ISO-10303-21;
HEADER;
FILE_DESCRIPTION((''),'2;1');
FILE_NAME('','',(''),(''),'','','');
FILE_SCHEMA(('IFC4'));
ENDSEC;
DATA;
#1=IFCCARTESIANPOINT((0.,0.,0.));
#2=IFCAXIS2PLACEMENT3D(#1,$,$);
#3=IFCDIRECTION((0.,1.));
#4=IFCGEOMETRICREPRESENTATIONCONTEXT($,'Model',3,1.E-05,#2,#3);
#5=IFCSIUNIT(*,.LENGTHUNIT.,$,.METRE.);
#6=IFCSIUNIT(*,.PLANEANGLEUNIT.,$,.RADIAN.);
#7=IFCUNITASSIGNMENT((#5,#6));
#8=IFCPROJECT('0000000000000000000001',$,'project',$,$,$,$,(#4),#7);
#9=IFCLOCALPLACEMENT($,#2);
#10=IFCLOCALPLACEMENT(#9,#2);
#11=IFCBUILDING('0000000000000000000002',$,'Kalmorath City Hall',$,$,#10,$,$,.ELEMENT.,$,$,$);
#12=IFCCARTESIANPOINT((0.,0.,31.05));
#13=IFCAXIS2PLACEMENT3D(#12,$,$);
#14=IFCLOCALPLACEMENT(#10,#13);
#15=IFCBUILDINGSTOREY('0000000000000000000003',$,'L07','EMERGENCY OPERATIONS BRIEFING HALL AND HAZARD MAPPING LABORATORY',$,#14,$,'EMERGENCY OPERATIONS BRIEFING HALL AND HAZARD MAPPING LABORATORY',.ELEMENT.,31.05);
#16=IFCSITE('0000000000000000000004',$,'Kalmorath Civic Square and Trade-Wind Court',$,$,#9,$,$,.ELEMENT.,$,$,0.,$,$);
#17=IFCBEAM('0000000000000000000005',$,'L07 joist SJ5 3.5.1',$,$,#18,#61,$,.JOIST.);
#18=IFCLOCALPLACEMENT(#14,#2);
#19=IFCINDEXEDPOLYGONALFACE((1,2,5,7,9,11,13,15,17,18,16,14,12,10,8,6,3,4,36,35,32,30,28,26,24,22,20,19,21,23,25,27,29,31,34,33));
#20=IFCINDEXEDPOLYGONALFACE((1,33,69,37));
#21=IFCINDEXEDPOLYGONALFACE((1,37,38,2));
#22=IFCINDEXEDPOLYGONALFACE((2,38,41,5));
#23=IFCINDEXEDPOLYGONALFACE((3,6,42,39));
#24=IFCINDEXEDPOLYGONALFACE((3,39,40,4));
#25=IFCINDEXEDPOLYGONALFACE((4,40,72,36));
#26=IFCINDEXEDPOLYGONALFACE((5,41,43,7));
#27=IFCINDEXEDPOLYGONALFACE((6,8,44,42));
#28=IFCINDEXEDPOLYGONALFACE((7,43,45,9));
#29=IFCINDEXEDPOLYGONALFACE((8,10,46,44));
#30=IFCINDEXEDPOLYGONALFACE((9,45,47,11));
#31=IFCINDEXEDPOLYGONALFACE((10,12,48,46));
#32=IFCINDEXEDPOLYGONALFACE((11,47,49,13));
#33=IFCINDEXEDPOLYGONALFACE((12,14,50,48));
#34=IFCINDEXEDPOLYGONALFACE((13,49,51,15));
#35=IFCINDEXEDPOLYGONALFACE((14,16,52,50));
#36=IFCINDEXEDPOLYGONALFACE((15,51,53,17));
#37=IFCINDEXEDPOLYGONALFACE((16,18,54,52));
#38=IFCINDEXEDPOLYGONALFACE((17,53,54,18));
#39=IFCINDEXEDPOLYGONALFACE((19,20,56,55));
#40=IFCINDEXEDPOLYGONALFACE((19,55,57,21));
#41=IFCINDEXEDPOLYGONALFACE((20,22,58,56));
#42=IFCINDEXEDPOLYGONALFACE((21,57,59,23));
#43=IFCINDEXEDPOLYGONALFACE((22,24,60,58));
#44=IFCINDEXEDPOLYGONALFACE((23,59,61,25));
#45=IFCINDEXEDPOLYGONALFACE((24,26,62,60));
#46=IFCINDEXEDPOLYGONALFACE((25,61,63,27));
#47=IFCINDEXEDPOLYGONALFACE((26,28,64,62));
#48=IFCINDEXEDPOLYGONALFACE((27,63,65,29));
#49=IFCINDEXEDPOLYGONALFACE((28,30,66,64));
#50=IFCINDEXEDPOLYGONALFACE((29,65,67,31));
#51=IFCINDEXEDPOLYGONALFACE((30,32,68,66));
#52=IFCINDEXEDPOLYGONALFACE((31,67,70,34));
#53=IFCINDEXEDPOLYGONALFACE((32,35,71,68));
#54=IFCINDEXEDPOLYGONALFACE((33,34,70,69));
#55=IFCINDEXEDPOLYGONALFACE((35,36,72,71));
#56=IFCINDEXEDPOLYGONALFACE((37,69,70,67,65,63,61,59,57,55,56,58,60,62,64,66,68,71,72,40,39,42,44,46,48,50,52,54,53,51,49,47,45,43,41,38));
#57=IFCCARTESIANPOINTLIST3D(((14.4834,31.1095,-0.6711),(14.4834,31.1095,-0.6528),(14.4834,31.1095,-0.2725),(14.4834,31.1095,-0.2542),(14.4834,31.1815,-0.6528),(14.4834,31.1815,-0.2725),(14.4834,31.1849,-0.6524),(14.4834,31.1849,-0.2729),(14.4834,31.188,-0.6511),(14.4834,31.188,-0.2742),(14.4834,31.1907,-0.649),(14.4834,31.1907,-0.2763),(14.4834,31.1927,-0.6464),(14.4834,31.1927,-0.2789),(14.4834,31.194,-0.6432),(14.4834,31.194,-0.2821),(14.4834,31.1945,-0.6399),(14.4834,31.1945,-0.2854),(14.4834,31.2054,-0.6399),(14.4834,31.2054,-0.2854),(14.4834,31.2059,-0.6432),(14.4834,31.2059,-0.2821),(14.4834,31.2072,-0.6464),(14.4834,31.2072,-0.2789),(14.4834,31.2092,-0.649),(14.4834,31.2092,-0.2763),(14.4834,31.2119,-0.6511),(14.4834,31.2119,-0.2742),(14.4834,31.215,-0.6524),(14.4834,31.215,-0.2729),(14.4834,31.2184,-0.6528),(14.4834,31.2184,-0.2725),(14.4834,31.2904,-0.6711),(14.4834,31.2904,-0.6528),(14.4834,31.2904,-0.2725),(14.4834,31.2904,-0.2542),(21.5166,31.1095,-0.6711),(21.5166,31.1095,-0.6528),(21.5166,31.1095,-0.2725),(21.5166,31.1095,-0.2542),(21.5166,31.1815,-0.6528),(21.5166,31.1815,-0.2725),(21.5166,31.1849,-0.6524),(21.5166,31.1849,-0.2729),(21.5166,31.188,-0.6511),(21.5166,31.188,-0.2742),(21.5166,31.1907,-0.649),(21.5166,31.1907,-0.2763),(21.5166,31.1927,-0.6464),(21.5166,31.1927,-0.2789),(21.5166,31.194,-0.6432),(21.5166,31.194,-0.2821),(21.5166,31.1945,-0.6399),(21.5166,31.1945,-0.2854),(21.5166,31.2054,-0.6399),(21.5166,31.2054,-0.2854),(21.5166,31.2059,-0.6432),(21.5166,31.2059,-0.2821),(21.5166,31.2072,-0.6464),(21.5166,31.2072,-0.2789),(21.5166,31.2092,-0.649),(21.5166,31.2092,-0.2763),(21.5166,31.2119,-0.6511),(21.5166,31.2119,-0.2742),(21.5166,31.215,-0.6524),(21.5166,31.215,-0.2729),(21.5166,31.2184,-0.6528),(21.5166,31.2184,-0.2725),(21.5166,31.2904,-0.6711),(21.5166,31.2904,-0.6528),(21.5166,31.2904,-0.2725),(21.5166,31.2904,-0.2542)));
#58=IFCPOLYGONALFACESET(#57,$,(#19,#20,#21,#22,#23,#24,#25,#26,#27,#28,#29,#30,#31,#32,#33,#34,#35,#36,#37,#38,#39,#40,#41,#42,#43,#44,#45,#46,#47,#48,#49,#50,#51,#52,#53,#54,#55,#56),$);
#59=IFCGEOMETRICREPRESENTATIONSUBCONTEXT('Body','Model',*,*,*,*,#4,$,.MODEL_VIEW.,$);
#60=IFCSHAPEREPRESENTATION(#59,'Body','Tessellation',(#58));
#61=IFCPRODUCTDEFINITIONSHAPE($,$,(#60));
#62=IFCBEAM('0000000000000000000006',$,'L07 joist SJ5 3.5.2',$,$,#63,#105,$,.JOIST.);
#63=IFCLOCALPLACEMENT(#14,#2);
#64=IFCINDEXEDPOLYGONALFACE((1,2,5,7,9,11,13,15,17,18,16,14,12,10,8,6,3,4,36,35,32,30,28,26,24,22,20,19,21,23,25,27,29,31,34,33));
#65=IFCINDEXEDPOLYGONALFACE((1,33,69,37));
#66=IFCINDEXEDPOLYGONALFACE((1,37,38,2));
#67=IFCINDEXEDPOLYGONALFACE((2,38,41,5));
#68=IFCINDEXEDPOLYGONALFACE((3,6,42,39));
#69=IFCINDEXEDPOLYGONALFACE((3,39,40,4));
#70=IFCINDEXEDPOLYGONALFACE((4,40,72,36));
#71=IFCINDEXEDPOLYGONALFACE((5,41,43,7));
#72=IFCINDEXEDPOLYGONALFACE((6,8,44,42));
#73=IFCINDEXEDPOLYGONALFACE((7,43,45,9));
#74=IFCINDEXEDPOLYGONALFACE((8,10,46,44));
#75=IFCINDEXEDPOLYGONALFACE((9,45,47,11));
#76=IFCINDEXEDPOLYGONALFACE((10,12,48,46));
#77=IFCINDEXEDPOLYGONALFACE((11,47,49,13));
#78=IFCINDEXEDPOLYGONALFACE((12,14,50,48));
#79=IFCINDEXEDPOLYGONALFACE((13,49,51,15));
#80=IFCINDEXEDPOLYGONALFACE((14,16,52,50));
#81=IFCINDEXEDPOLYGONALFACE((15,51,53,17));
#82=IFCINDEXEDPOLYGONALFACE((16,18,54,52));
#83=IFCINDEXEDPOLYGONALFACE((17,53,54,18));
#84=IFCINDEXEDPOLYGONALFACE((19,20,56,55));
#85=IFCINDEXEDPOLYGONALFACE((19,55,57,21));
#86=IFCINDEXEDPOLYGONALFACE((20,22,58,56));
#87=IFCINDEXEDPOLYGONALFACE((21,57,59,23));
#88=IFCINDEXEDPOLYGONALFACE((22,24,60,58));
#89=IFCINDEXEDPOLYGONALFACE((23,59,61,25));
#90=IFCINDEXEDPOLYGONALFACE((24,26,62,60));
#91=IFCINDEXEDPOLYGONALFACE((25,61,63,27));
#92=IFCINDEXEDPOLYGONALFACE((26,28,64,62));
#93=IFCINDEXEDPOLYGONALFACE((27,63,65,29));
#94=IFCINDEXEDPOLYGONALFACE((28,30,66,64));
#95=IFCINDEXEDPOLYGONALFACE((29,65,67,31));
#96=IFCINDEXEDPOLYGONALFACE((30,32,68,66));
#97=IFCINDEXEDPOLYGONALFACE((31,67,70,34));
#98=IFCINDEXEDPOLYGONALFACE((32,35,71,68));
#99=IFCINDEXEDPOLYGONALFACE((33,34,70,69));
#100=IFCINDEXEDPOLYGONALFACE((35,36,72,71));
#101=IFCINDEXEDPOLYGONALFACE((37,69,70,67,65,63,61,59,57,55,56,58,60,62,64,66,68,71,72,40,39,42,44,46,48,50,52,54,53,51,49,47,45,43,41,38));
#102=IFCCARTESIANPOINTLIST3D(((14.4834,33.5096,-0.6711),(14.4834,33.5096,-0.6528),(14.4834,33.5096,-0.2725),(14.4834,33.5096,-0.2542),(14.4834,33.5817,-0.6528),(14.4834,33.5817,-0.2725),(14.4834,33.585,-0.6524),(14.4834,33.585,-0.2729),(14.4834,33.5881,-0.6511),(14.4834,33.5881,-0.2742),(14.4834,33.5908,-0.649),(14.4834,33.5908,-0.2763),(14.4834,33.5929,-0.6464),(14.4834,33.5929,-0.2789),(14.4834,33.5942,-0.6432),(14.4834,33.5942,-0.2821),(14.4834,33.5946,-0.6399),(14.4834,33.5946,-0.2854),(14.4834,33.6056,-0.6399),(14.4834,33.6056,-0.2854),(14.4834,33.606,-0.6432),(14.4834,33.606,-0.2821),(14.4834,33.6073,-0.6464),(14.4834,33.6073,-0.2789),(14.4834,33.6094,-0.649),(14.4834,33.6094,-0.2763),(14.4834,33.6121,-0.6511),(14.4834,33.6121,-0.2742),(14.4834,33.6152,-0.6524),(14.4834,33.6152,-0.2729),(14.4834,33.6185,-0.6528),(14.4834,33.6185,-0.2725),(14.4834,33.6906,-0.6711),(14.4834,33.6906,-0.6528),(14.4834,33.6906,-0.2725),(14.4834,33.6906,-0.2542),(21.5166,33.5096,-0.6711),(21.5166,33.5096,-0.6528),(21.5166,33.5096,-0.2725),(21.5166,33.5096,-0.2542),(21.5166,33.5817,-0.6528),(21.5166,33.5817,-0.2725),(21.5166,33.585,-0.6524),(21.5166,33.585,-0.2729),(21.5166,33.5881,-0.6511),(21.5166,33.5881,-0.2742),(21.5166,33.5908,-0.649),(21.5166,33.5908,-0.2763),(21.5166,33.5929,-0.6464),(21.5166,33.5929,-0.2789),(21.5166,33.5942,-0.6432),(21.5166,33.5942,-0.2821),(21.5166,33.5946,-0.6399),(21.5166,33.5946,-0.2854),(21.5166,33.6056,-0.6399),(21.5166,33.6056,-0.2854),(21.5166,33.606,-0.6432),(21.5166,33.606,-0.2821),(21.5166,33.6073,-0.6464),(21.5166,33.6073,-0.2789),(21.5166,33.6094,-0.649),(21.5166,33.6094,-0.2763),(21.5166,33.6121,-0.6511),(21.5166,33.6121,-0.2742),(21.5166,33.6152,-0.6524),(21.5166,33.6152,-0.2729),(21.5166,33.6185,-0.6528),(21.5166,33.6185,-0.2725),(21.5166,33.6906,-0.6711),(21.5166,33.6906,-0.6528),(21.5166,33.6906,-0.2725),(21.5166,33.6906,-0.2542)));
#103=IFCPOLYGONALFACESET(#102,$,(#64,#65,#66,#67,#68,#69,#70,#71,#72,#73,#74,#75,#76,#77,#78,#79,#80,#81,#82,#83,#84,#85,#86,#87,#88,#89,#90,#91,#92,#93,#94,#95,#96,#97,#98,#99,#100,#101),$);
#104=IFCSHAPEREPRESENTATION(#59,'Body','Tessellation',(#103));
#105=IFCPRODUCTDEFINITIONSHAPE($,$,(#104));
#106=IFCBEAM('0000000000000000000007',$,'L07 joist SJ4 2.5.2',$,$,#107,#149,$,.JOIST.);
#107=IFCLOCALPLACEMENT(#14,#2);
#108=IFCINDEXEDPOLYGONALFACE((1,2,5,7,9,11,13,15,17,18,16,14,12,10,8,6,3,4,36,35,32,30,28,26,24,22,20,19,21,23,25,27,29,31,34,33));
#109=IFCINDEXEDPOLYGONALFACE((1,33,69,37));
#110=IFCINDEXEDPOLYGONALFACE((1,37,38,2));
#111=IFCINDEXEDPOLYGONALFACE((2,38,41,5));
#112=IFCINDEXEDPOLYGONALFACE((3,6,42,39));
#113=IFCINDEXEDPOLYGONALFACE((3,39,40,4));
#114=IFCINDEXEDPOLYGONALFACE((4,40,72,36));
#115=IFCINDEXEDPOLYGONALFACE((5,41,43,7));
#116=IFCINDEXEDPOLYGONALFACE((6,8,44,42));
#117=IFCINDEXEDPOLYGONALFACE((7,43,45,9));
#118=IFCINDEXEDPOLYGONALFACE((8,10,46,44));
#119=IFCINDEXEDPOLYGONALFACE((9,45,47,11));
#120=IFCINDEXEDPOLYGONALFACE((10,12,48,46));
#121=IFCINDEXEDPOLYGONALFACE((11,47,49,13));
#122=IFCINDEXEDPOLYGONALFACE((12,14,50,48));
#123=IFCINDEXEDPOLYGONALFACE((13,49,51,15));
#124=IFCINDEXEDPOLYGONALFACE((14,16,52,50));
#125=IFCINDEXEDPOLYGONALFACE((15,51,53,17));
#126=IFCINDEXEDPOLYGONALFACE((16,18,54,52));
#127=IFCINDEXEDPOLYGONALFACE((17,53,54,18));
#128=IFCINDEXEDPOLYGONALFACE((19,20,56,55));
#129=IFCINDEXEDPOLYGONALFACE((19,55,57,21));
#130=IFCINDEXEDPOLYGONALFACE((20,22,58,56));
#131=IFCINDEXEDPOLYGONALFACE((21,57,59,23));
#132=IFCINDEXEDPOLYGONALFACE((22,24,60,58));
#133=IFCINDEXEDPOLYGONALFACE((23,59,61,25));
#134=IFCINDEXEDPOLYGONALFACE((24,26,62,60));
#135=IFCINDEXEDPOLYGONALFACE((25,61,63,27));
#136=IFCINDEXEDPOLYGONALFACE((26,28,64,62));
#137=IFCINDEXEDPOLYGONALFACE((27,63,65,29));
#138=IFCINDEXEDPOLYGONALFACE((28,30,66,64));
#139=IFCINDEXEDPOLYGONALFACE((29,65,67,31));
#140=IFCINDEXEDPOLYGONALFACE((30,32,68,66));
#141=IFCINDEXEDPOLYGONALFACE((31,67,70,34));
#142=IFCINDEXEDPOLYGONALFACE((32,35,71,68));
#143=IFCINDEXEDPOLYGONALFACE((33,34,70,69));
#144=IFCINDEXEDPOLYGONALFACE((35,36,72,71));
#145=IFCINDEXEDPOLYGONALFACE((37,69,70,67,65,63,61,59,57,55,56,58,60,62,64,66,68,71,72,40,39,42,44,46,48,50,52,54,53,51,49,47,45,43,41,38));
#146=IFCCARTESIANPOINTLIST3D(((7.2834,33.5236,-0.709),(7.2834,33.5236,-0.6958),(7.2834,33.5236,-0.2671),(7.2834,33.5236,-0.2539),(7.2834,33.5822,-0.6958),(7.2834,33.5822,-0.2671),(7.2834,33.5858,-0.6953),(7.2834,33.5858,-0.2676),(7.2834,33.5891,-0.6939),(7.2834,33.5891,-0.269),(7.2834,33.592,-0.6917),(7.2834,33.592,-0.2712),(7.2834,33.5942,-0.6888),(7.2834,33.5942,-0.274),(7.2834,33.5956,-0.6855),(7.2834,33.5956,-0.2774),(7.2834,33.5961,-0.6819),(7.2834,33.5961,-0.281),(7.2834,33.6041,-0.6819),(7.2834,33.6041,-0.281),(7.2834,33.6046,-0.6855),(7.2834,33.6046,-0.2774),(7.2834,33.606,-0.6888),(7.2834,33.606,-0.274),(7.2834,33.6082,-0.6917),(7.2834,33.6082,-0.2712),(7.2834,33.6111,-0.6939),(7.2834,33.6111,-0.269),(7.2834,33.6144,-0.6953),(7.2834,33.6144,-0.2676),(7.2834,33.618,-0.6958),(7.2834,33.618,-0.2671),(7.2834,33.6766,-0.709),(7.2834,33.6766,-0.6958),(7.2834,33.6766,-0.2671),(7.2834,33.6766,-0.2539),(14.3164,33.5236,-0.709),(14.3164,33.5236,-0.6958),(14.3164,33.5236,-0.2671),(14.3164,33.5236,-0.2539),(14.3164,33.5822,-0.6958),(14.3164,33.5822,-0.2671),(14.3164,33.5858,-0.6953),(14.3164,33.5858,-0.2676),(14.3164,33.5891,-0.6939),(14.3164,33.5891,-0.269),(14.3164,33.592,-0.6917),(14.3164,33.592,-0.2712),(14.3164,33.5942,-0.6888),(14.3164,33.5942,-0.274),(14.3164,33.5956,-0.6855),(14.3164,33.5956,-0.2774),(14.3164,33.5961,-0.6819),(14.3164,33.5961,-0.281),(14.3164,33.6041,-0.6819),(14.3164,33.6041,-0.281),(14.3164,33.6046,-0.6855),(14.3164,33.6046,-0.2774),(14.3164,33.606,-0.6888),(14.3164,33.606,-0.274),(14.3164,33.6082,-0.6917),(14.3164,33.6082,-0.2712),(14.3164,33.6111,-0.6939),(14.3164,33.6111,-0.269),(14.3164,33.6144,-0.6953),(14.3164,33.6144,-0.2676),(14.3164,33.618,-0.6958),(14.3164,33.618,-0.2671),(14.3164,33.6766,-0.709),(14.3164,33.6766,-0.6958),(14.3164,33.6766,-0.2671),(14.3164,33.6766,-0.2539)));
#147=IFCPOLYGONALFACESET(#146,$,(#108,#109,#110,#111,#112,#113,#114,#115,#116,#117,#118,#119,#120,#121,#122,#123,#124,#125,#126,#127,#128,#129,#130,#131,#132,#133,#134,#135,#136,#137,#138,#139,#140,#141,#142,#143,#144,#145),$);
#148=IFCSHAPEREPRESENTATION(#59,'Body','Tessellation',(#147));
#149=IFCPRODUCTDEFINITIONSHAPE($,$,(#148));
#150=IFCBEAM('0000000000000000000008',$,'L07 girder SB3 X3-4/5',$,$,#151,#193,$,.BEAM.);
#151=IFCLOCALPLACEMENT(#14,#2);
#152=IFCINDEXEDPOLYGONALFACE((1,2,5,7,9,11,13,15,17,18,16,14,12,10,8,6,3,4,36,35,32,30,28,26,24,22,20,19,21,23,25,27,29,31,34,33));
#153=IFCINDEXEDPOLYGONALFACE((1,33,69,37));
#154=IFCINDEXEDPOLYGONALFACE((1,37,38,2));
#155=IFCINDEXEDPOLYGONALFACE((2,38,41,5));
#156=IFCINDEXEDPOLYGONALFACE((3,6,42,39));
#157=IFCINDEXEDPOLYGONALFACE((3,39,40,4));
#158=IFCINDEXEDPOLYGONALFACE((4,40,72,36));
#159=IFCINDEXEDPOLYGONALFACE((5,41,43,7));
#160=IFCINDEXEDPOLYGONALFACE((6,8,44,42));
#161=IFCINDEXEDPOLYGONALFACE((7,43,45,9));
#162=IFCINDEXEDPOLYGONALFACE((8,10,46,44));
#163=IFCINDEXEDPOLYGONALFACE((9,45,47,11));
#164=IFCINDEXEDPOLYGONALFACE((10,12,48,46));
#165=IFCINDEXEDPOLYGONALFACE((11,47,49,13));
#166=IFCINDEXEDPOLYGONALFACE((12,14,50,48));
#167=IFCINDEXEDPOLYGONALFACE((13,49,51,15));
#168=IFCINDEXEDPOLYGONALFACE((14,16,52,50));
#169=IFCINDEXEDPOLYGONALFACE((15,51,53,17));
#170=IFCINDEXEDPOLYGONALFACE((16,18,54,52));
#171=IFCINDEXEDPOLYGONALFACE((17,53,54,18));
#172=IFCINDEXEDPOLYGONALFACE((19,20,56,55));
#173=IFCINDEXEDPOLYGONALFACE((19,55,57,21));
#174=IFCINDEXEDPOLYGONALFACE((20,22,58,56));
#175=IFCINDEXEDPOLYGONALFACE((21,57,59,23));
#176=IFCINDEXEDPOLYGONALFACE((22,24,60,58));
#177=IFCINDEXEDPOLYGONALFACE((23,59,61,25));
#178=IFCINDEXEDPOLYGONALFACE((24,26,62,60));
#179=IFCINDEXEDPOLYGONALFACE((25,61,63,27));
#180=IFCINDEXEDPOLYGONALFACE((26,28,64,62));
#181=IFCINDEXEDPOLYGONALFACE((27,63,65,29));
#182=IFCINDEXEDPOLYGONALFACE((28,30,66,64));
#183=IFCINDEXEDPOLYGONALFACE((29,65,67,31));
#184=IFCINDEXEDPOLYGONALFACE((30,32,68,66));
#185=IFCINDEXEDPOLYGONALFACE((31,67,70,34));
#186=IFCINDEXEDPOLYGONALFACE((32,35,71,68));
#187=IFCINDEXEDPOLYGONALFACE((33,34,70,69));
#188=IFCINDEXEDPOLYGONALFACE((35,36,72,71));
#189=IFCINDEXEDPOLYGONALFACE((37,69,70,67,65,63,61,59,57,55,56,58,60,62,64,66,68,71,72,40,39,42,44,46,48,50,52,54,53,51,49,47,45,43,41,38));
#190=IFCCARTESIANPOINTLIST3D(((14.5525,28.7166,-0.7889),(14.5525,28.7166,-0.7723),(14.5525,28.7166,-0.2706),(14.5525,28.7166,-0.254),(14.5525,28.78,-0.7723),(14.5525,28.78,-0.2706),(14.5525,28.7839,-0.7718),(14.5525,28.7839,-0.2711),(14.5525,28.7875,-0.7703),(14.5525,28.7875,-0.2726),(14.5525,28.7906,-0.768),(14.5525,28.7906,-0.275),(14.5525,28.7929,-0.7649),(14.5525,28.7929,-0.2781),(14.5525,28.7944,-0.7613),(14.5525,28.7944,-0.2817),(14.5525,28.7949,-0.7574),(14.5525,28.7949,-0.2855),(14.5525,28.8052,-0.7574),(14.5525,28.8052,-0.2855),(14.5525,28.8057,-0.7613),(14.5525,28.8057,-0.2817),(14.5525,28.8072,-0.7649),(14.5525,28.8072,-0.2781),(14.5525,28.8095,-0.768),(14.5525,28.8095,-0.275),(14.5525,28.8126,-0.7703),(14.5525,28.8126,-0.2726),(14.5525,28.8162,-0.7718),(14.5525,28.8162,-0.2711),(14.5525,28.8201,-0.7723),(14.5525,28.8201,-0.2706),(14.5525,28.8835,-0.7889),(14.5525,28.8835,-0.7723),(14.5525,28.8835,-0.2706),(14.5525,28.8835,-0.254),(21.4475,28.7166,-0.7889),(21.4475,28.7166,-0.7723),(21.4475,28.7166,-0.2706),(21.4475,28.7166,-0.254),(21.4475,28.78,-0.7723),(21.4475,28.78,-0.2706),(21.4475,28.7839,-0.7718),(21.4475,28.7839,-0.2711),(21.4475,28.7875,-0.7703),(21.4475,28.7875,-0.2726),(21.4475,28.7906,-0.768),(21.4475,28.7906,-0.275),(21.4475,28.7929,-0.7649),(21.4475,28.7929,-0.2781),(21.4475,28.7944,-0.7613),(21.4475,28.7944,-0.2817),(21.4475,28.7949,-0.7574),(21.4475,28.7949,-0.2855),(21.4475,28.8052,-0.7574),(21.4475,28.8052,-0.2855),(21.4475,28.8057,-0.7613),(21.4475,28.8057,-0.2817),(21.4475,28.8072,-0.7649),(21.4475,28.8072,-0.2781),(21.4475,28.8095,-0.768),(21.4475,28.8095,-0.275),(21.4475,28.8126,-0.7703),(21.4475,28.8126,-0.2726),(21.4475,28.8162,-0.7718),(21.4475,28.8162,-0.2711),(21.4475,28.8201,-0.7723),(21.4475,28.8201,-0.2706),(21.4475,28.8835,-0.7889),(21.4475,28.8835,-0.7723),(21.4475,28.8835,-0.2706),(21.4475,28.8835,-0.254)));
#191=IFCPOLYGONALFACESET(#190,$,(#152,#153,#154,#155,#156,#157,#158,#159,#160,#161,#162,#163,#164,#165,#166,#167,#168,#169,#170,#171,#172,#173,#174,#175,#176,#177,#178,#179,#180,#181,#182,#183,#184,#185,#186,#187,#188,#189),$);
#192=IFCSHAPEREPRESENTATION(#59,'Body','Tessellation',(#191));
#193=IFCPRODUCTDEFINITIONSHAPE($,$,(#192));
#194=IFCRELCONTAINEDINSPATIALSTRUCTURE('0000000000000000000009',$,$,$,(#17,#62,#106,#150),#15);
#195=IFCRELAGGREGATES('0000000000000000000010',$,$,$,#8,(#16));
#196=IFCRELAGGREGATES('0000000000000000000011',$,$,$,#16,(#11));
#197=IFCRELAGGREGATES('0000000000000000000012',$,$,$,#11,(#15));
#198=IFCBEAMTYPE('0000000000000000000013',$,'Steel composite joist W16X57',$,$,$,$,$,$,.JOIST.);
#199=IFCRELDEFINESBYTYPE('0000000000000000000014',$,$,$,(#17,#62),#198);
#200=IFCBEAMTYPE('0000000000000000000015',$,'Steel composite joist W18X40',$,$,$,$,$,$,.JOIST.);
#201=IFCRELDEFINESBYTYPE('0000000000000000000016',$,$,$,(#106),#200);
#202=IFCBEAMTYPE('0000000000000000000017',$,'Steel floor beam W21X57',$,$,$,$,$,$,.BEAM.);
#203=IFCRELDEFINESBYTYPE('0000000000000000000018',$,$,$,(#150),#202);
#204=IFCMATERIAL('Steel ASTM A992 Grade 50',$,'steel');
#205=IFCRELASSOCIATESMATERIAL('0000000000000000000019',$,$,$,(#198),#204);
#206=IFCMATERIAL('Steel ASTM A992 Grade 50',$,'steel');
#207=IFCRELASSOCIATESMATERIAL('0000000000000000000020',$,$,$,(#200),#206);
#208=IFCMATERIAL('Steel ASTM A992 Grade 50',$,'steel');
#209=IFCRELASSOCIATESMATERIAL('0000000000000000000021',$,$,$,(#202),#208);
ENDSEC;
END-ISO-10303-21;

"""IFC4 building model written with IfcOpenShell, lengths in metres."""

from ifc_helpers import new_model, si_unit, direction, frame, origin, origin_2d, place, context, subcontext, project, spatial, i_section, extrude, material, material_profile, profile_set, type_object, element, save


model = new_model("IFC4")

# Units and contexts
model_context = context("Model", 3, precision=1e-05, world=origin(), true_north=direction((0.0, 1.0)))
body_context = subcontext(model_context, "Body", "Model", "MODEL_VIEW")
ifc_project = project(units=[si_unit("LENGTHUNIT", "METRE"), si_unit("PLANEANGLEUNIT", "RADIAN")], contexts=[model_context])

# Site, building, storey
site_placement = place(None, origin())
site = spatial("IfcSite", under=ifc_project, at=site_placement, Name="Kalmorath Civic Square and Trade-Wind Court", CompositionType="ELEMENT", RefElevation=0.0)
building_placement = place(site_placement, origin())
building = spatial("IfcBuilding", under=site, at=building_placement, Name="Kalmorath City Hall", CompositionType="ELEMENT")
storey_placement = place(building_placement, frame((0.0, 0.0, 31.05)))
storey = spatial("IfcBuildingStorey", under=building, at=storey_placement, Name="L07", Description="EMERGENCY OPERATIONS BRIEFING HALL AND HAZARD MAPPING LABORATORY", LongName="EMERGENCY OPERATIONS BRIEFING HALL AND HAZARD MAPPING LABORATORY", CompositionType="ELEMENT", Elevation=31.05)

# Beams
ifc_material_1 = material(Name="Steel ASTM A992 Grade 50", Category="steel")
ifc_material_profile_1 = material_profile(ifc_material_1, i_section(OverallWidth=0.1809, OverallDepth=0.417, WebThickness=0.011, FlangeThickness=0.0183, FilletRadius=0.0129, at=origin_2d()), Name="W16X57")
ifc_profile_set_1 = profile_set([ifc_material_profile_1], Name="Steel ASTM A992 Grade 50")
beam_type_1 = type_object("IfcBeamType", Name="Steel composite joist W16X57", PredefinedType="JOIST", material=ifc_profile_set_1)
for number, where, z_axis, x_axis, name in (
    (1, (14.4834, 31.2, -0.4626), (1.0, 0.0, 0.0), (0.0, 1.0, 0.0), "L07 joist SJ5 3.5.1"),
    (2, (14.4834, 33.6001, -0.4626), (1.0, 0.0, 0.0), (0.0, 1.0, 0.0), "L07 joist SJ5 3.5.2"),
):
    element("IfcBeam", number, at=place(storey_placement, frame(where, z_axis=z_axis, x_axis=x_axis)), inside=storey, type_object=beam_type_1, Name=name, PredefinedType="JOIST", context=body_context, shape_type="SweptSolid", body=[
        extrude(i_section(OverallWidth=0.1809, OverallDepth=0.417, WebThickness=0.011, FlangeThickness=0.0183, FilletRadius=0.0129, at=origin_2d()), origin(), (0.0, 0.0, 1.0), 7.0332),
    ])
ifc_material_2 = material(Name="Steel ASTM A992 Grade 50", Category="steel")
ifc_material_profile_2 = material_profile(ifc_material_2, i_section(OverallWidth=0.1531, OverallDepth=0.4551, WebThickness=0.0081, FlangeThickness=0.0132, FilletRadius=0.0139, at=origin_2d()), Name="W18X40")
ifc_profile_set_2 = profile_set([ifc_material_profile_2], Name="Steel ASTM A992 Grade 50")
beam_type_2 = type_object("IfcBeamType", Name="Steel composite joist W18X40", PredefinedType="JOIST", material=ifc_profile_set_2)
beam_placement = place(storey_placement, frame((7.2834, 33.6001, -0.4814), z_axis=(1.0, 0.0, 0.0), x_axis=(0.0, 1.0, 0.0)))
element("IfcBeam", 3, at=beam_placement, inside=storey, type_object=beam_type_2, Name="L07 joist SJ4 2.5.2", PredefinedType="JOIST", context=body_context, shape_type="SweptSolid", body=[
    extrude(i_section(OverallWidth=0.1531, OverallDepth=0.4551, WebThickness=0.0081, FlangeThickness=0.0132, FilletRadius=0.0139, at=origin_2d()), origin(), (0.0, 0.0, 1.0), 7.033),
])
ifc_material_3 = material(Name="Steel ASTM A992 Grade 50", Category="steel")
ifc_material_profile_3 = material_profile(ifc_material_3, i_section(OverallWidth=0.167, OverallDepth=0.5349, WebThickness=0.0103, FlangeThickness=0.0166, FilletRadius=0.0149, at=origin_2d()), Name="W21X57")
ifc_profile_set_3 = profile_set([ifc_material_profile_3], Name="Steel ASTM A992 Grade 50")
beam_type_3 = type_object("IfcBeamType", Name="Steel floor beam W21X57", PredefinedType="BEAM", material=ifc_profile_set_3)
for number, where, z_axis, x_axis, name in (
    (4, (14.5525, 28.8, -0.5215), (1.0, 0.0, 0.0), (0.0, 1.0, 0.0), "L07 girder SB3 X3-4/5"),
):
    element("IfcBeam", number, at=place(storey_placement, frame(where, z_axis=z_axis, x_axis=x_axis)), inside=storey, type_object=beam_type_3, Name=name, PredefinedType="BEAM", context=body_context, shape_type="SweptSolid", body=[
        extrude(i_section(OverallWidth=0.167, OverallDepth=0.5349, WebThickness=0.0103, FlangeThickness=0.0166, FilletRadius=0.0149, at=origin_2d()), origin(), (0.0, 0.0, 1.0), 6.895),
    ])

save(model, "model.ifc")
